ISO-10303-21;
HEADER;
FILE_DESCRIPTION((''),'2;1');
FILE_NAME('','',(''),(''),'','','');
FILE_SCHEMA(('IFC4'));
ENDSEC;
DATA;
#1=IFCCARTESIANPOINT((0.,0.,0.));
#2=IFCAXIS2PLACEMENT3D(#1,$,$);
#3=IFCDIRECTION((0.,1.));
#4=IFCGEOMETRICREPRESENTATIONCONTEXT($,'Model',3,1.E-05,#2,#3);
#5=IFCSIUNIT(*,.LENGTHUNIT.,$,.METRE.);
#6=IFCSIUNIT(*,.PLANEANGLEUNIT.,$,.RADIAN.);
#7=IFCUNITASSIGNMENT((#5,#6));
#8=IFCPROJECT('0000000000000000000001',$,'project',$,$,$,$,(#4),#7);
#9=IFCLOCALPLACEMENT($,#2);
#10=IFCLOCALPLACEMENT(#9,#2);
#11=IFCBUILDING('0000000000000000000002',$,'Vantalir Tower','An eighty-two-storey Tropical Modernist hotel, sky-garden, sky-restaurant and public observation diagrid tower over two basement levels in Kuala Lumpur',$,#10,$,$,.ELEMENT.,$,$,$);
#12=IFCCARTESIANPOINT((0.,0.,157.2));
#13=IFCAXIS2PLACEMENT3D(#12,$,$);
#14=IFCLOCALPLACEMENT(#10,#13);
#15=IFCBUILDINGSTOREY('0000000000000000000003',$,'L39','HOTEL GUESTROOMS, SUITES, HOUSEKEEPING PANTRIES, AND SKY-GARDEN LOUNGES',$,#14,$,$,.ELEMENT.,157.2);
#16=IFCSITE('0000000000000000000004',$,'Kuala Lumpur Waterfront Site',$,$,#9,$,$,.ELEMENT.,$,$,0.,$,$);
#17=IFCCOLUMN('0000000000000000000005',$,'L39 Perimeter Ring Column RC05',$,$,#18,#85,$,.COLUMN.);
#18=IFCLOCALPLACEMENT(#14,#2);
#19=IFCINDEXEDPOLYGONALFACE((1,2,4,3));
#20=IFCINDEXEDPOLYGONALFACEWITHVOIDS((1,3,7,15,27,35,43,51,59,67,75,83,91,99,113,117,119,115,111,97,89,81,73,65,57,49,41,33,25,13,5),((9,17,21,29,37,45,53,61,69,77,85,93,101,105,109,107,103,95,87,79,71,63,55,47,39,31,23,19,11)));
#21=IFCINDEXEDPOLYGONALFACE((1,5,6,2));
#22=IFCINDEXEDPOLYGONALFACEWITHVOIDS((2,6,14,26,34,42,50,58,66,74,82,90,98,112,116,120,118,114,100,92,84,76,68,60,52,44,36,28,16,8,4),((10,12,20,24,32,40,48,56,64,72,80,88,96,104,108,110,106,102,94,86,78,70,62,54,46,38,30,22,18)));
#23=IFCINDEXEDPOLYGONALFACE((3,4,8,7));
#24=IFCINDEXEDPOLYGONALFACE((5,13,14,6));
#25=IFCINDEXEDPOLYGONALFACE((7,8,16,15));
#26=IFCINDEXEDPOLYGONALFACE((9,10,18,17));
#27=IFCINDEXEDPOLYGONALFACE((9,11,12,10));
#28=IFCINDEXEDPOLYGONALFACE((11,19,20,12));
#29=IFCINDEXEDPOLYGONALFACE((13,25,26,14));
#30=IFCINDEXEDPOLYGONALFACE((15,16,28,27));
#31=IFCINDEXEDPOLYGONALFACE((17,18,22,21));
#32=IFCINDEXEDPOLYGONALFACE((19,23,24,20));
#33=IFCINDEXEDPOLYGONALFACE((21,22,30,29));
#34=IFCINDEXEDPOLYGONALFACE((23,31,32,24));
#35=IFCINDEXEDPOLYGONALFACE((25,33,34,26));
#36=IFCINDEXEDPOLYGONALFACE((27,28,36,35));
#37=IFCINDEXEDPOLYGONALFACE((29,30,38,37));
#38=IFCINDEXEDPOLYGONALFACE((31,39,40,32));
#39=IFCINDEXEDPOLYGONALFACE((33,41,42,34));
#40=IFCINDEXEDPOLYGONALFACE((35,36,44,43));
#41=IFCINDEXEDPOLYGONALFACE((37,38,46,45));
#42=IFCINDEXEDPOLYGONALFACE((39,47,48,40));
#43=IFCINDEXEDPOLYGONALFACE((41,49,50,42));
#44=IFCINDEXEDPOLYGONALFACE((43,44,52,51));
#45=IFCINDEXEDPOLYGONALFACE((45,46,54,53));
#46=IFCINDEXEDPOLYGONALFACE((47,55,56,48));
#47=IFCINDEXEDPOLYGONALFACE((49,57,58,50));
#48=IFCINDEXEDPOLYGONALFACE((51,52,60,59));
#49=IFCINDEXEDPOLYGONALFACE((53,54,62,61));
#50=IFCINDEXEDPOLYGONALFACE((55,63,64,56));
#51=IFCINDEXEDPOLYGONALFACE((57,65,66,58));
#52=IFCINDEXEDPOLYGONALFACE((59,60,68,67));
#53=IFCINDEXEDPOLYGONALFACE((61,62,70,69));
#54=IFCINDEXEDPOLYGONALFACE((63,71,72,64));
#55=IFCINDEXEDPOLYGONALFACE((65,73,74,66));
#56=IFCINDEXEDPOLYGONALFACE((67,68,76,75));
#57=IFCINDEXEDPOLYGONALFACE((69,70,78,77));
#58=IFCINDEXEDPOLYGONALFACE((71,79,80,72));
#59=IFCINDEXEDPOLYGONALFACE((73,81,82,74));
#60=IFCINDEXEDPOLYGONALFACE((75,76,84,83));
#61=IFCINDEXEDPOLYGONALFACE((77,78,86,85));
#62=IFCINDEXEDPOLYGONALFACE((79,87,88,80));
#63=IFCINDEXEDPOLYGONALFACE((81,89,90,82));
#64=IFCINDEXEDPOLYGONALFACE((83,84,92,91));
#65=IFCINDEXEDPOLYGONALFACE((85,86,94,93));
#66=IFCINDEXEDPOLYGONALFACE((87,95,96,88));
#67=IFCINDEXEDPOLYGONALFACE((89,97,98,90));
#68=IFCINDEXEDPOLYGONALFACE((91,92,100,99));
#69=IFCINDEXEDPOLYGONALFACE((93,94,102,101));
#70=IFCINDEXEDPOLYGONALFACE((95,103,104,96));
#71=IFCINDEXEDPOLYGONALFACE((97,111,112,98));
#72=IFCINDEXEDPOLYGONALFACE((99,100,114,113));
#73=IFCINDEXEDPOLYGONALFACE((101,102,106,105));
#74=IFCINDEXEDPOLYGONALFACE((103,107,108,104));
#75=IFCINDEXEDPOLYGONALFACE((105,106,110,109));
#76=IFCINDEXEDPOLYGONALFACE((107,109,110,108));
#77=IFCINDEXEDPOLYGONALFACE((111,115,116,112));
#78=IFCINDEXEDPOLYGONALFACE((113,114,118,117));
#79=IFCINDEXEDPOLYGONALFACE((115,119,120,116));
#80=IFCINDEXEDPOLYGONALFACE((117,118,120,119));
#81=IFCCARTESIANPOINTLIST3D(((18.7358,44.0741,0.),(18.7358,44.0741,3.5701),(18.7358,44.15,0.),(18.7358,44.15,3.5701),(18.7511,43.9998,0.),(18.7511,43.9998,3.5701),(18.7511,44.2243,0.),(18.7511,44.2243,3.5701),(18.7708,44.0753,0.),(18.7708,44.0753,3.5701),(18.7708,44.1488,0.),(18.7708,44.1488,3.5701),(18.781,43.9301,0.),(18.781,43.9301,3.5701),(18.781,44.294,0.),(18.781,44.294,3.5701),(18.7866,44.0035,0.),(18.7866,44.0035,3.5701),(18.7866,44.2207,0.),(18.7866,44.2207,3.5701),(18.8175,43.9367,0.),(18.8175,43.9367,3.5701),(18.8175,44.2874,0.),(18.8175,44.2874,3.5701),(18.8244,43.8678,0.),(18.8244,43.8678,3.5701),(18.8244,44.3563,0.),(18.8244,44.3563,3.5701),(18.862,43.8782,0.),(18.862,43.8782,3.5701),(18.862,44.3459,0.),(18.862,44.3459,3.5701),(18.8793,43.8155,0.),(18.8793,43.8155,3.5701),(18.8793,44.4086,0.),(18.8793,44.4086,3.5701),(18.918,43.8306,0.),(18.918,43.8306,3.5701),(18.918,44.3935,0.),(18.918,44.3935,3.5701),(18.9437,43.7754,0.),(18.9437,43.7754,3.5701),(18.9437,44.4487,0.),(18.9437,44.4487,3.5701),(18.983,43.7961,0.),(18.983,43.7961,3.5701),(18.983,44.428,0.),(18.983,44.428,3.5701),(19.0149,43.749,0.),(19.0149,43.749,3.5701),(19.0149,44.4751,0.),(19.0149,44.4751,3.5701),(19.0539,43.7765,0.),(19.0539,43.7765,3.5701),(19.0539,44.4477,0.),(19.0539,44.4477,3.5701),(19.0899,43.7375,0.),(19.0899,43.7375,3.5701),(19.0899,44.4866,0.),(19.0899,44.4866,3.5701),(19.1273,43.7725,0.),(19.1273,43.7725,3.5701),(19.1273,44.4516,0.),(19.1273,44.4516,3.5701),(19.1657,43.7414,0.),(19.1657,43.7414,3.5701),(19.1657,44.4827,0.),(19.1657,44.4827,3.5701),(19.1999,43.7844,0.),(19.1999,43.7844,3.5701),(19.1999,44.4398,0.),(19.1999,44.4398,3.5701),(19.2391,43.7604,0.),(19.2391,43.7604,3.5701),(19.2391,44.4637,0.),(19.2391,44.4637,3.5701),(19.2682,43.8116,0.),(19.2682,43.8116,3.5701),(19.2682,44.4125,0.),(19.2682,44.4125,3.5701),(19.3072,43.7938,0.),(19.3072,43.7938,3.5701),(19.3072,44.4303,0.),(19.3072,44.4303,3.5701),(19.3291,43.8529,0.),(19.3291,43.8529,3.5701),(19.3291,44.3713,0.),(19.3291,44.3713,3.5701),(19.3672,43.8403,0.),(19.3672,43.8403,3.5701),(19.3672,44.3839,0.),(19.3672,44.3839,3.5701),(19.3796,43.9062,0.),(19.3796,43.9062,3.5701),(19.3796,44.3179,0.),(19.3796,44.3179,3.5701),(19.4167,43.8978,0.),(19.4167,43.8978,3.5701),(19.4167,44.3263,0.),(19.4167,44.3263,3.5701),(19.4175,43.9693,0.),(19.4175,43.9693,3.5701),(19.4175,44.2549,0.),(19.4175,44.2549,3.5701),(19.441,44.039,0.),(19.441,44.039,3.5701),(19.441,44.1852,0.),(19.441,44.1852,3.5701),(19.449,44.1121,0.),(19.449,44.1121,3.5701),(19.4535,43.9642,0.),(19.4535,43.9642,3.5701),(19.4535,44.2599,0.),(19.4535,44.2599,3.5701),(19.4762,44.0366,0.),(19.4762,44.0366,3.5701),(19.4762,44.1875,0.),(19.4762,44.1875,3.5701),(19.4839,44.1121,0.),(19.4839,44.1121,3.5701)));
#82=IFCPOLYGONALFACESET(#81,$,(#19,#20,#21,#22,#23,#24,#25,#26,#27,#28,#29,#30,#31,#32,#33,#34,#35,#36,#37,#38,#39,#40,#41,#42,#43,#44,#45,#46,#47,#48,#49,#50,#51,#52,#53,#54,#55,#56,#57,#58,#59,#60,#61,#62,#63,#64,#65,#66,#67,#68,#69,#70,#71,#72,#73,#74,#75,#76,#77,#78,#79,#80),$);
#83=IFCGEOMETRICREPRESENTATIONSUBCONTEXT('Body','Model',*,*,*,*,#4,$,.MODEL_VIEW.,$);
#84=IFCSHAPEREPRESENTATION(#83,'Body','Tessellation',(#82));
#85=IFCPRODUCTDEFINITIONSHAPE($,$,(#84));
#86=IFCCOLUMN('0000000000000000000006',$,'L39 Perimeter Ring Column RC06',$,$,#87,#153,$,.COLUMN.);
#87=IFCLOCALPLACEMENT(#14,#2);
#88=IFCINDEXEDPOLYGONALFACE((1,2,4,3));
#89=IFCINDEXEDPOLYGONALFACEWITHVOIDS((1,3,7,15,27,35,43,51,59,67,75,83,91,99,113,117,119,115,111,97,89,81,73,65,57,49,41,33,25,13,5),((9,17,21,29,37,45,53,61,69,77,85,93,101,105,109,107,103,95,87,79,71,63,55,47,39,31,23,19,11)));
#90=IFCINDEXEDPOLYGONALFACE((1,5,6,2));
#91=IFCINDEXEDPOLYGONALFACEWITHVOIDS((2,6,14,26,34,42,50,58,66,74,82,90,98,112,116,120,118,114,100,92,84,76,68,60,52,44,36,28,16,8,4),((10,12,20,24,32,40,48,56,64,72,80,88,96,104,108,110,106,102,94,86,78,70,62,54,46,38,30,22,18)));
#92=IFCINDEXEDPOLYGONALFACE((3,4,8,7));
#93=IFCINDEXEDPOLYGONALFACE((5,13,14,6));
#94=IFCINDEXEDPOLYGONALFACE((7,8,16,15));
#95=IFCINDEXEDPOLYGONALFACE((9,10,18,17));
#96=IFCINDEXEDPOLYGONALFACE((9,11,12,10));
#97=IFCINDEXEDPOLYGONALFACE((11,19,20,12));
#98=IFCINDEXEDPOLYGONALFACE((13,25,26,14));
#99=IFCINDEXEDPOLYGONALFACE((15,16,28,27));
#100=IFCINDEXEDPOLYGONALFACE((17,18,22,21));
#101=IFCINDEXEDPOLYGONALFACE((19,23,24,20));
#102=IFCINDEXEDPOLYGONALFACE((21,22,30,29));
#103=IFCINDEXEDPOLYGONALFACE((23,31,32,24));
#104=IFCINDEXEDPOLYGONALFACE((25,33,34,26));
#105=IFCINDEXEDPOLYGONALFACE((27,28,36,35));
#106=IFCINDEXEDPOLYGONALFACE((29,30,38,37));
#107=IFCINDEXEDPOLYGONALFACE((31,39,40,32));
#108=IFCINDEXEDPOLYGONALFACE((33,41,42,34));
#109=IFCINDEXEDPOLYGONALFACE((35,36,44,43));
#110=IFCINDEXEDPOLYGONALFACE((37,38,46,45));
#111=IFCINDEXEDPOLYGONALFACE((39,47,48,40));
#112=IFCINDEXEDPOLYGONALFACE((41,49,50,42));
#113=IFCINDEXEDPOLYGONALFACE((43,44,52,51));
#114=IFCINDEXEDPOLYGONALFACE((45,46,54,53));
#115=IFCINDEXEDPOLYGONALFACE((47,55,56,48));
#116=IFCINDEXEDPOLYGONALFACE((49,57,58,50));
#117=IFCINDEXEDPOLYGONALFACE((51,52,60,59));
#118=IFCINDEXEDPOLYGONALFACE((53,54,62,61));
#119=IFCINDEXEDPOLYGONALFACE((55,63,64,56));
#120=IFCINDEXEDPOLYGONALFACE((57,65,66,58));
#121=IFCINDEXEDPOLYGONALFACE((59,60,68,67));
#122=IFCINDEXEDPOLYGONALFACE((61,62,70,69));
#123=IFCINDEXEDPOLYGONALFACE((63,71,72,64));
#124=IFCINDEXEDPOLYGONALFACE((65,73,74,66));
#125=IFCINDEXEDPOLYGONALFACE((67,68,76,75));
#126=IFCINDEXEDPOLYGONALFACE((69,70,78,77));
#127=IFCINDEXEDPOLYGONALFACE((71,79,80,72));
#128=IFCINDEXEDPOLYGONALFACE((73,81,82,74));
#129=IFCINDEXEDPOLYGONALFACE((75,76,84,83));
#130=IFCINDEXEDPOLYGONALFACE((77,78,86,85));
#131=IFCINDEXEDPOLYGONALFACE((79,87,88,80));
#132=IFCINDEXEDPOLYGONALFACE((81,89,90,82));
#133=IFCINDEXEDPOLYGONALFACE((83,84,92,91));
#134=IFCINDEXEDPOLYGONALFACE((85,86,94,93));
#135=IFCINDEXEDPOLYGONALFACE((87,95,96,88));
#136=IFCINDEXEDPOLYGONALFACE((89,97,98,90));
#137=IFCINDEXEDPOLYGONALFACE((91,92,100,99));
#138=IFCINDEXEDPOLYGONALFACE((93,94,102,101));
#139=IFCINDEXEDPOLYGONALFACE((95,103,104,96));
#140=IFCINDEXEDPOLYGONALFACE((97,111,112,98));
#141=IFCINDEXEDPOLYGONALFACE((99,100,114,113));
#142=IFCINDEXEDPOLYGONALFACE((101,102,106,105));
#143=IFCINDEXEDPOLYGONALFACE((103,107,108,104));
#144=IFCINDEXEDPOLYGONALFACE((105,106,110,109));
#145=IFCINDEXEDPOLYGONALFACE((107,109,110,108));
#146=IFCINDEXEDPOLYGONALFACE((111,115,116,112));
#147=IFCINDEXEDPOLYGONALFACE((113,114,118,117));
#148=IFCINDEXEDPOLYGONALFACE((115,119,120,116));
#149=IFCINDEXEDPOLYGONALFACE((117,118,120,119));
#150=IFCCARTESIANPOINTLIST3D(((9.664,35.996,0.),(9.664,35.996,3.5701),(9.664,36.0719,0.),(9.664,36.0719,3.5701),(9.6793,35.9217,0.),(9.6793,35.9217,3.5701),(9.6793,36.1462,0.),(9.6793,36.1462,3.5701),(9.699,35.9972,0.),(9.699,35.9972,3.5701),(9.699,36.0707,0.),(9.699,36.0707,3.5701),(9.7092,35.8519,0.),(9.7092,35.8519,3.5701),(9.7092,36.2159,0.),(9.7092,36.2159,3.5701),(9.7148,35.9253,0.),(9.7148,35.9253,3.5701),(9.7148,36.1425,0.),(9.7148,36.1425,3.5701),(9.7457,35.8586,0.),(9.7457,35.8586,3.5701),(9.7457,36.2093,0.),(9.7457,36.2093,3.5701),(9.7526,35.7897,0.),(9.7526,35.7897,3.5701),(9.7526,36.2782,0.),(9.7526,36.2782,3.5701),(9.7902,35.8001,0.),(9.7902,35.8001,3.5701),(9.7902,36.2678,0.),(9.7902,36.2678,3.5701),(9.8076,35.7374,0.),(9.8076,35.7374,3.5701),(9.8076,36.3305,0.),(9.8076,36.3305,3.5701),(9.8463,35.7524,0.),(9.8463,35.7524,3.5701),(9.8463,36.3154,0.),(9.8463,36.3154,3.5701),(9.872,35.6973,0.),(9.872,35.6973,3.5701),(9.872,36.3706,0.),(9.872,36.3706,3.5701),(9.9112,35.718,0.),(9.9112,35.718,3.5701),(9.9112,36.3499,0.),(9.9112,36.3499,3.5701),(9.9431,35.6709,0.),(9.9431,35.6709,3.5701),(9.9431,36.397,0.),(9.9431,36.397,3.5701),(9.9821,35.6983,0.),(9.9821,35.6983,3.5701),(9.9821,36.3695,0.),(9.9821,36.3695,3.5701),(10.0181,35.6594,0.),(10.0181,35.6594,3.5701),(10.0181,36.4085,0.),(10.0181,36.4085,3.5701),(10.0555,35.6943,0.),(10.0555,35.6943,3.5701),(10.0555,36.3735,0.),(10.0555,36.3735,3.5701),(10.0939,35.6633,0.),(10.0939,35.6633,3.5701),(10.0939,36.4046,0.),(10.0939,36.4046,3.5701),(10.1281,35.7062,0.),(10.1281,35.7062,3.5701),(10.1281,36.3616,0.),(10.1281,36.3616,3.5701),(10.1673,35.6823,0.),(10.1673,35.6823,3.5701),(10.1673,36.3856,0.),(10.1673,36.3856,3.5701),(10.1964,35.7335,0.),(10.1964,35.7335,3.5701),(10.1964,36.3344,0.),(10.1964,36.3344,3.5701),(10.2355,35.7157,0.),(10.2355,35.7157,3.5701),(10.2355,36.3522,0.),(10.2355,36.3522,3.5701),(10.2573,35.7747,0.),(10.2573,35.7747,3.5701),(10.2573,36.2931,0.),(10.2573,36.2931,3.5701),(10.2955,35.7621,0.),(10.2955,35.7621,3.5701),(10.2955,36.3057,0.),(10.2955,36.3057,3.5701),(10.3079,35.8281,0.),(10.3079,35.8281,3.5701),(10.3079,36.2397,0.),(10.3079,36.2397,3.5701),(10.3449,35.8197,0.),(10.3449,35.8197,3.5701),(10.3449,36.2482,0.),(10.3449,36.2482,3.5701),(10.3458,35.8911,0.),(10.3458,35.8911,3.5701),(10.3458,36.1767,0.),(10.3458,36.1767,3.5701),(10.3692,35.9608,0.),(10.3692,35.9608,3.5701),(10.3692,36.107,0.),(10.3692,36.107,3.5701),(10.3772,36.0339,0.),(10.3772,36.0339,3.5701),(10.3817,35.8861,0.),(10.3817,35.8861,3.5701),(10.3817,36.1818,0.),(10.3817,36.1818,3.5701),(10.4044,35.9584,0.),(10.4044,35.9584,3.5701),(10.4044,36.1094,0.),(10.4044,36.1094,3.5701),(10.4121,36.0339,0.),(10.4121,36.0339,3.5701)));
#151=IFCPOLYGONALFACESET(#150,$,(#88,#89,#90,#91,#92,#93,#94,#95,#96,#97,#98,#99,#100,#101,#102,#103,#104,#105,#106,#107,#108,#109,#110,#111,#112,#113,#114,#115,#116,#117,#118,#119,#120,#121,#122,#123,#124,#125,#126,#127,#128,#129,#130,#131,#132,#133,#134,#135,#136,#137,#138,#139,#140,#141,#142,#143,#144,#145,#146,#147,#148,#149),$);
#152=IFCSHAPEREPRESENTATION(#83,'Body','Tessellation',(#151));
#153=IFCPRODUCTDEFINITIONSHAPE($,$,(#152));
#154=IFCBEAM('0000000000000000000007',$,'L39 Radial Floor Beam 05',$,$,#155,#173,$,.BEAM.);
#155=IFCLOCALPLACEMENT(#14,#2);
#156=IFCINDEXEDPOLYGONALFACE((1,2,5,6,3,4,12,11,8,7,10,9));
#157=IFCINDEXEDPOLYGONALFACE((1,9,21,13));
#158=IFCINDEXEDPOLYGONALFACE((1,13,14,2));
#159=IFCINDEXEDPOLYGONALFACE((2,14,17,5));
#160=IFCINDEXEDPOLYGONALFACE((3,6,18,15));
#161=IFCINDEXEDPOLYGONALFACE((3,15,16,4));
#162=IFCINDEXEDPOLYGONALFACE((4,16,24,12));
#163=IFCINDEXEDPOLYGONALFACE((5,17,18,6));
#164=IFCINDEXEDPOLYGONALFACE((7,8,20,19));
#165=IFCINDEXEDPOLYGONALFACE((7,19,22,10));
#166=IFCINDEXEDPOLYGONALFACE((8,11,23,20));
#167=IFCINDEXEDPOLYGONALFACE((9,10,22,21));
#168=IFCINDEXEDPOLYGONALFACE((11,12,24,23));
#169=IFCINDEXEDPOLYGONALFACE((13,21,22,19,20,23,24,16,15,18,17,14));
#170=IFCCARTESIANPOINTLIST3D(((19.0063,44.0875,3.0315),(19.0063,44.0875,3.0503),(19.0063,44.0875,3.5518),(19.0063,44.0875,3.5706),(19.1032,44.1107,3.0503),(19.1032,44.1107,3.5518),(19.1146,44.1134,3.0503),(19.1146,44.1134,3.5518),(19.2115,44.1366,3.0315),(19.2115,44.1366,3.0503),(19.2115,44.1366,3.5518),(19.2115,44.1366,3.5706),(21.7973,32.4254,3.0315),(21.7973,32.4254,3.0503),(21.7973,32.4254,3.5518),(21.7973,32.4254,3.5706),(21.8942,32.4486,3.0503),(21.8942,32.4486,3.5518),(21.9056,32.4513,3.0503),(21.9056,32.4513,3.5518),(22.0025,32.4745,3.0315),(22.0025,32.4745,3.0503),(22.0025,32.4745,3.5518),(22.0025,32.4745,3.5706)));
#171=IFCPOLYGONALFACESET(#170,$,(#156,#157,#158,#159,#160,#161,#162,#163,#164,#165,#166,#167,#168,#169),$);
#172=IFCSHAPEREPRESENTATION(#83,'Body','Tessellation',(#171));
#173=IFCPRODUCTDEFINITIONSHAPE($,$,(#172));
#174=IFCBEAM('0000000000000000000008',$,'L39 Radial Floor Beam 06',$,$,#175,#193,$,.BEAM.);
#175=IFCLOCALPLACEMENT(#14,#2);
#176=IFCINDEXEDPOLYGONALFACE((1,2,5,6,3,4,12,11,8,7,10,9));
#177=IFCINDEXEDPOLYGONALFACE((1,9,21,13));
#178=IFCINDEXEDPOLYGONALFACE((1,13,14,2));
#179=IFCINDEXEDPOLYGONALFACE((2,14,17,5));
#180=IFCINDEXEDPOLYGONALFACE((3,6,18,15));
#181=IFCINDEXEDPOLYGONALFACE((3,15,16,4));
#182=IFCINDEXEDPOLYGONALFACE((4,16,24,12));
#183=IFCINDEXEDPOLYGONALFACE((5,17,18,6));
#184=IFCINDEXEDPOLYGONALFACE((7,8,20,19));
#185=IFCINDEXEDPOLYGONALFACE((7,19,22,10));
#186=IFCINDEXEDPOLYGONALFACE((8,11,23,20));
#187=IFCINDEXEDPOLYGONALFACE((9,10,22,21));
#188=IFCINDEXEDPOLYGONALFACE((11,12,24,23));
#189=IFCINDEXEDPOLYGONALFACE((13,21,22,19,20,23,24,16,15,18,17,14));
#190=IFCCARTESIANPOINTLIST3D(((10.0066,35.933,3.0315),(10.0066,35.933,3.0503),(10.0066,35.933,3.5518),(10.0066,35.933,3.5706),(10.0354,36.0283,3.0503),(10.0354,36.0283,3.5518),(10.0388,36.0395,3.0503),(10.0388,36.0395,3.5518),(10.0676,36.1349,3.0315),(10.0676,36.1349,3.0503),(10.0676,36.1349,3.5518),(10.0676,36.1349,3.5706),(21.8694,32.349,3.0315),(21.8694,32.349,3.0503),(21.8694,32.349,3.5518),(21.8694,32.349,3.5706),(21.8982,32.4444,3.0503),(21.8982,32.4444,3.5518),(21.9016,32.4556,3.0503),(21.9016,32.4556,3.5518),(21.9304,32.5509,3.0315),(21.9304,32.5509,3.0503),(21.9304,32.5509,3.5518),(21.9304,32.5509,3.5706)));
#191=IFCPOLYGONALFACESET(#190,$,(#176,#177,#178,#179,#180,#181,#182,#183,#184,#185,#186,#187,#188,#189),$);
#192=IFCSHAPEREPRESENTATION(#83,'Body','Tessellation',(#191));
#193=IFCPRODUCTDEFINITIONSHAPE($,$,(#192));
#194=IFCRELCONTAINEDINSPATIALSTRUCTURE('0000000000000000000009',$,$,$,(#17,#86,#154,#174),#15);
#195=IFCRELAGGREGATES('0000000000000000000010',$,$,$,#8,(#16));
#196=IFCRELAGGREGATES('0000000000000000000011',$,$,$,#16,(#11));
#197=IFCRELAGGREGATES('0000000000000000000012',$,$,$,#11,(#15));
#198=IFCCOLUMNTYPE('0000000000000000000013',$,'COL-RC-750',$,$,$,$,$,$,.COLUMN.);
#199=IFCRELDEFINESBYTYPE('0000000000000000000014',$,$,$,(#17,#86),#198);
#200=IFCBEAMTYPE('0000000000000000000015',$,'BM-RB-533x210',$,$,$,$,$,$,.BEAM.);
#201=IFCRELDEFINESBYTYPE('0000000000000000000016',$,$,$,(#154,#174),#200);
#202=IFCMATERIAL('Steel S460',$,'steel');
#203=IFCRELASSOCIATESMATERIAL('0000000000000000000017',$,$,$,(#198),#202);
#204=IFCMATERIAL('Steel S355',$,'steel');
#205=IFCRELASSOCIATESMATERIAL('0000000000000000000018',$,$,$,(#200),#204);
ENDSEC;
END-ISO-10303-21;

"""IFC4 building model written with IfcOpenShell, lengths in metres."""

from ifc_helpers import new_model, si_unit, direction, frame, origin, origin_2d, place, context, subcontext, project, spatial, hollow_circle, i_section, extrude, material, material_profile, profile_set, type_object, element, save


model = new_model("IFC4")

# Units and contexts
model_context = context("Model", 3, precision=1e-05, world=origin(), true_north=direction((0.0, 1.0)))
body_context = subcontext(model_context, "Body", "Model", "MODEL_VIEW")
ifc_project = project(units=[si_unit("LENGTHUNIT", "METRE"), si_unit("PLANEANGLEUNIT", "RADIAN")], contexts=[model_context])

# Site, building, storey
site_placement = place(None, origin())
site = spatial("IfcSite", under=ifc_project, at=site_placement, Name="Kuala Lumpur Waterfront Site", CompositionType="ELEMENT", RefElevation=0.0)
building_placement = place(site_placement, origin())
building = spatial("IfcBuilding", under=site, at=building_placement, Name="Vantalir Tower", Description="An eighty-two-storey Tropical Modernist hotel, sky-garden, sky-restaurant and public observation diagrid tower over two basement levels in Kuala Lumpur", CompositionType="ELEMENT")
storey_placement = place(building_placement, frame((0.0, 0.0, 157.2)))
storey = spatial("IfcBuildingStorey", under=building, at=storey_placement, Name="L39", Description="HOTEL GUESTROOMS, SUITES, HOUSEKEEPING PANTRIES, AND SKY-GARDEN LOUNGES", CompositionType="ELEMENT", Elevation=157.2)

# Columns
ifc_material_1 = material(Name="Steel S460", Category="steel")
ifc_material_profile_1 = material_profile(ifc_material_1, hollow_circle(Radius=0.375, WallThickness=0.0349, at=origin_2d()), Name="Steel S460")
ifc_profile_set_1 = profile_set([ifc_material_profile_1], Name="Steel S460")
column_type = type_object("IfcColumnType", Name="COL-RC-750", PredefinedType="COLUMN", material=ifc_profile_set_1)
for number, where, z_axis, x_axis, name in (
    (1, (19.1089, 44.1121, 0.0), (0.0, 0.0, 1.0), (1.0, 0.0, 0.0), "L39 Perimeter Ring Column RC05"),
    (2, (10.0371, 36.0339, 0.0), (0.0, 0.0, 1.0), (1.0, 0.0, 0.0), "L39 Perimeter Ring Column RC06"),
):
    element("IfcColumn", number, at=place(storey_placement, frame(where, z_axis=z_axis, x_axis=x_axis)), inside=storey, type_object=column_type, Name=name, PredefinedType="COLUMN", context=body_context, shape_type="SweptSolid", body=[
        extrude(hollow_circle(Radius=0.375, WallThickness=0.0349, at=origin_2d()), origin(), (0.0, 0.0, 1.0), 3.5701),
    ])

# Beams
ifc_material_2 = material(Name="Steel S355", Category="steel")
ifc_material_profile_2 = material_profile(ifc_material_2, i_section(OverallWidth=0.2109, OverallDepth=0.5391, WebThickness=0.0117, FlangeThickness=0.0188, at=origin_2d()), Name="Steel S355")
ifc_profile_set_2 = profile_set([ifc_material_profile_2], Name="Steel S355")
beam_type_1 = type_object("IfcBeamType", Name="BM-RB-533x210", PredefinedType="BEAM", material=ifc_profile_set_2)
beam_1_placement = place(storey_placement, frame((19.1089, 44.1121, 3.301), z_axis=(0.232751, -0.972536, 0.0), x_axis=(0.972536, 0.232751, 0.0)))
element("IfcBeam", 3, at=beam_1_placement, inside=storey, type_object=beam_type_1, Name="L39 Radial Floor Beam 05", PredefinedType="BEAM", context=body_context, shape_type="SweptSolid", body=[
    extrude(i_section(OverallWidth=0.2109, OverallDepth=0.5391, WebThickness=0.0117, FlangeThickness=0.0188, at=origin_2d()), origin(), (0.0, 0.0, 1.0), 11.9915),
])
beam_2_placement = place(storey_placement, frame((10.0371, 36.0339, 3.301), z_axis=(0.957266, -0.289209, 0.0), x_axis=(0.289209, 0.957266, 0.0)))
element("IfcBeam", 4, at=beam_2_placement, inside=storey, type_object=beam_type_1, Name="L39 Radial Floor Beam 06", PredefinedType="BEAM", context=body_context, shape_type="SweptSolid", body=[
    extrude(i_section(OverallWidth=0.2109, OverallDepth=0.5391, WebThickness=0.0117, FlangeThickness=0.0188, at=origin_2d()), origin(), (0.0, 0.0, 1.0), 12.3923),
])

save(model, "model.ifc")
